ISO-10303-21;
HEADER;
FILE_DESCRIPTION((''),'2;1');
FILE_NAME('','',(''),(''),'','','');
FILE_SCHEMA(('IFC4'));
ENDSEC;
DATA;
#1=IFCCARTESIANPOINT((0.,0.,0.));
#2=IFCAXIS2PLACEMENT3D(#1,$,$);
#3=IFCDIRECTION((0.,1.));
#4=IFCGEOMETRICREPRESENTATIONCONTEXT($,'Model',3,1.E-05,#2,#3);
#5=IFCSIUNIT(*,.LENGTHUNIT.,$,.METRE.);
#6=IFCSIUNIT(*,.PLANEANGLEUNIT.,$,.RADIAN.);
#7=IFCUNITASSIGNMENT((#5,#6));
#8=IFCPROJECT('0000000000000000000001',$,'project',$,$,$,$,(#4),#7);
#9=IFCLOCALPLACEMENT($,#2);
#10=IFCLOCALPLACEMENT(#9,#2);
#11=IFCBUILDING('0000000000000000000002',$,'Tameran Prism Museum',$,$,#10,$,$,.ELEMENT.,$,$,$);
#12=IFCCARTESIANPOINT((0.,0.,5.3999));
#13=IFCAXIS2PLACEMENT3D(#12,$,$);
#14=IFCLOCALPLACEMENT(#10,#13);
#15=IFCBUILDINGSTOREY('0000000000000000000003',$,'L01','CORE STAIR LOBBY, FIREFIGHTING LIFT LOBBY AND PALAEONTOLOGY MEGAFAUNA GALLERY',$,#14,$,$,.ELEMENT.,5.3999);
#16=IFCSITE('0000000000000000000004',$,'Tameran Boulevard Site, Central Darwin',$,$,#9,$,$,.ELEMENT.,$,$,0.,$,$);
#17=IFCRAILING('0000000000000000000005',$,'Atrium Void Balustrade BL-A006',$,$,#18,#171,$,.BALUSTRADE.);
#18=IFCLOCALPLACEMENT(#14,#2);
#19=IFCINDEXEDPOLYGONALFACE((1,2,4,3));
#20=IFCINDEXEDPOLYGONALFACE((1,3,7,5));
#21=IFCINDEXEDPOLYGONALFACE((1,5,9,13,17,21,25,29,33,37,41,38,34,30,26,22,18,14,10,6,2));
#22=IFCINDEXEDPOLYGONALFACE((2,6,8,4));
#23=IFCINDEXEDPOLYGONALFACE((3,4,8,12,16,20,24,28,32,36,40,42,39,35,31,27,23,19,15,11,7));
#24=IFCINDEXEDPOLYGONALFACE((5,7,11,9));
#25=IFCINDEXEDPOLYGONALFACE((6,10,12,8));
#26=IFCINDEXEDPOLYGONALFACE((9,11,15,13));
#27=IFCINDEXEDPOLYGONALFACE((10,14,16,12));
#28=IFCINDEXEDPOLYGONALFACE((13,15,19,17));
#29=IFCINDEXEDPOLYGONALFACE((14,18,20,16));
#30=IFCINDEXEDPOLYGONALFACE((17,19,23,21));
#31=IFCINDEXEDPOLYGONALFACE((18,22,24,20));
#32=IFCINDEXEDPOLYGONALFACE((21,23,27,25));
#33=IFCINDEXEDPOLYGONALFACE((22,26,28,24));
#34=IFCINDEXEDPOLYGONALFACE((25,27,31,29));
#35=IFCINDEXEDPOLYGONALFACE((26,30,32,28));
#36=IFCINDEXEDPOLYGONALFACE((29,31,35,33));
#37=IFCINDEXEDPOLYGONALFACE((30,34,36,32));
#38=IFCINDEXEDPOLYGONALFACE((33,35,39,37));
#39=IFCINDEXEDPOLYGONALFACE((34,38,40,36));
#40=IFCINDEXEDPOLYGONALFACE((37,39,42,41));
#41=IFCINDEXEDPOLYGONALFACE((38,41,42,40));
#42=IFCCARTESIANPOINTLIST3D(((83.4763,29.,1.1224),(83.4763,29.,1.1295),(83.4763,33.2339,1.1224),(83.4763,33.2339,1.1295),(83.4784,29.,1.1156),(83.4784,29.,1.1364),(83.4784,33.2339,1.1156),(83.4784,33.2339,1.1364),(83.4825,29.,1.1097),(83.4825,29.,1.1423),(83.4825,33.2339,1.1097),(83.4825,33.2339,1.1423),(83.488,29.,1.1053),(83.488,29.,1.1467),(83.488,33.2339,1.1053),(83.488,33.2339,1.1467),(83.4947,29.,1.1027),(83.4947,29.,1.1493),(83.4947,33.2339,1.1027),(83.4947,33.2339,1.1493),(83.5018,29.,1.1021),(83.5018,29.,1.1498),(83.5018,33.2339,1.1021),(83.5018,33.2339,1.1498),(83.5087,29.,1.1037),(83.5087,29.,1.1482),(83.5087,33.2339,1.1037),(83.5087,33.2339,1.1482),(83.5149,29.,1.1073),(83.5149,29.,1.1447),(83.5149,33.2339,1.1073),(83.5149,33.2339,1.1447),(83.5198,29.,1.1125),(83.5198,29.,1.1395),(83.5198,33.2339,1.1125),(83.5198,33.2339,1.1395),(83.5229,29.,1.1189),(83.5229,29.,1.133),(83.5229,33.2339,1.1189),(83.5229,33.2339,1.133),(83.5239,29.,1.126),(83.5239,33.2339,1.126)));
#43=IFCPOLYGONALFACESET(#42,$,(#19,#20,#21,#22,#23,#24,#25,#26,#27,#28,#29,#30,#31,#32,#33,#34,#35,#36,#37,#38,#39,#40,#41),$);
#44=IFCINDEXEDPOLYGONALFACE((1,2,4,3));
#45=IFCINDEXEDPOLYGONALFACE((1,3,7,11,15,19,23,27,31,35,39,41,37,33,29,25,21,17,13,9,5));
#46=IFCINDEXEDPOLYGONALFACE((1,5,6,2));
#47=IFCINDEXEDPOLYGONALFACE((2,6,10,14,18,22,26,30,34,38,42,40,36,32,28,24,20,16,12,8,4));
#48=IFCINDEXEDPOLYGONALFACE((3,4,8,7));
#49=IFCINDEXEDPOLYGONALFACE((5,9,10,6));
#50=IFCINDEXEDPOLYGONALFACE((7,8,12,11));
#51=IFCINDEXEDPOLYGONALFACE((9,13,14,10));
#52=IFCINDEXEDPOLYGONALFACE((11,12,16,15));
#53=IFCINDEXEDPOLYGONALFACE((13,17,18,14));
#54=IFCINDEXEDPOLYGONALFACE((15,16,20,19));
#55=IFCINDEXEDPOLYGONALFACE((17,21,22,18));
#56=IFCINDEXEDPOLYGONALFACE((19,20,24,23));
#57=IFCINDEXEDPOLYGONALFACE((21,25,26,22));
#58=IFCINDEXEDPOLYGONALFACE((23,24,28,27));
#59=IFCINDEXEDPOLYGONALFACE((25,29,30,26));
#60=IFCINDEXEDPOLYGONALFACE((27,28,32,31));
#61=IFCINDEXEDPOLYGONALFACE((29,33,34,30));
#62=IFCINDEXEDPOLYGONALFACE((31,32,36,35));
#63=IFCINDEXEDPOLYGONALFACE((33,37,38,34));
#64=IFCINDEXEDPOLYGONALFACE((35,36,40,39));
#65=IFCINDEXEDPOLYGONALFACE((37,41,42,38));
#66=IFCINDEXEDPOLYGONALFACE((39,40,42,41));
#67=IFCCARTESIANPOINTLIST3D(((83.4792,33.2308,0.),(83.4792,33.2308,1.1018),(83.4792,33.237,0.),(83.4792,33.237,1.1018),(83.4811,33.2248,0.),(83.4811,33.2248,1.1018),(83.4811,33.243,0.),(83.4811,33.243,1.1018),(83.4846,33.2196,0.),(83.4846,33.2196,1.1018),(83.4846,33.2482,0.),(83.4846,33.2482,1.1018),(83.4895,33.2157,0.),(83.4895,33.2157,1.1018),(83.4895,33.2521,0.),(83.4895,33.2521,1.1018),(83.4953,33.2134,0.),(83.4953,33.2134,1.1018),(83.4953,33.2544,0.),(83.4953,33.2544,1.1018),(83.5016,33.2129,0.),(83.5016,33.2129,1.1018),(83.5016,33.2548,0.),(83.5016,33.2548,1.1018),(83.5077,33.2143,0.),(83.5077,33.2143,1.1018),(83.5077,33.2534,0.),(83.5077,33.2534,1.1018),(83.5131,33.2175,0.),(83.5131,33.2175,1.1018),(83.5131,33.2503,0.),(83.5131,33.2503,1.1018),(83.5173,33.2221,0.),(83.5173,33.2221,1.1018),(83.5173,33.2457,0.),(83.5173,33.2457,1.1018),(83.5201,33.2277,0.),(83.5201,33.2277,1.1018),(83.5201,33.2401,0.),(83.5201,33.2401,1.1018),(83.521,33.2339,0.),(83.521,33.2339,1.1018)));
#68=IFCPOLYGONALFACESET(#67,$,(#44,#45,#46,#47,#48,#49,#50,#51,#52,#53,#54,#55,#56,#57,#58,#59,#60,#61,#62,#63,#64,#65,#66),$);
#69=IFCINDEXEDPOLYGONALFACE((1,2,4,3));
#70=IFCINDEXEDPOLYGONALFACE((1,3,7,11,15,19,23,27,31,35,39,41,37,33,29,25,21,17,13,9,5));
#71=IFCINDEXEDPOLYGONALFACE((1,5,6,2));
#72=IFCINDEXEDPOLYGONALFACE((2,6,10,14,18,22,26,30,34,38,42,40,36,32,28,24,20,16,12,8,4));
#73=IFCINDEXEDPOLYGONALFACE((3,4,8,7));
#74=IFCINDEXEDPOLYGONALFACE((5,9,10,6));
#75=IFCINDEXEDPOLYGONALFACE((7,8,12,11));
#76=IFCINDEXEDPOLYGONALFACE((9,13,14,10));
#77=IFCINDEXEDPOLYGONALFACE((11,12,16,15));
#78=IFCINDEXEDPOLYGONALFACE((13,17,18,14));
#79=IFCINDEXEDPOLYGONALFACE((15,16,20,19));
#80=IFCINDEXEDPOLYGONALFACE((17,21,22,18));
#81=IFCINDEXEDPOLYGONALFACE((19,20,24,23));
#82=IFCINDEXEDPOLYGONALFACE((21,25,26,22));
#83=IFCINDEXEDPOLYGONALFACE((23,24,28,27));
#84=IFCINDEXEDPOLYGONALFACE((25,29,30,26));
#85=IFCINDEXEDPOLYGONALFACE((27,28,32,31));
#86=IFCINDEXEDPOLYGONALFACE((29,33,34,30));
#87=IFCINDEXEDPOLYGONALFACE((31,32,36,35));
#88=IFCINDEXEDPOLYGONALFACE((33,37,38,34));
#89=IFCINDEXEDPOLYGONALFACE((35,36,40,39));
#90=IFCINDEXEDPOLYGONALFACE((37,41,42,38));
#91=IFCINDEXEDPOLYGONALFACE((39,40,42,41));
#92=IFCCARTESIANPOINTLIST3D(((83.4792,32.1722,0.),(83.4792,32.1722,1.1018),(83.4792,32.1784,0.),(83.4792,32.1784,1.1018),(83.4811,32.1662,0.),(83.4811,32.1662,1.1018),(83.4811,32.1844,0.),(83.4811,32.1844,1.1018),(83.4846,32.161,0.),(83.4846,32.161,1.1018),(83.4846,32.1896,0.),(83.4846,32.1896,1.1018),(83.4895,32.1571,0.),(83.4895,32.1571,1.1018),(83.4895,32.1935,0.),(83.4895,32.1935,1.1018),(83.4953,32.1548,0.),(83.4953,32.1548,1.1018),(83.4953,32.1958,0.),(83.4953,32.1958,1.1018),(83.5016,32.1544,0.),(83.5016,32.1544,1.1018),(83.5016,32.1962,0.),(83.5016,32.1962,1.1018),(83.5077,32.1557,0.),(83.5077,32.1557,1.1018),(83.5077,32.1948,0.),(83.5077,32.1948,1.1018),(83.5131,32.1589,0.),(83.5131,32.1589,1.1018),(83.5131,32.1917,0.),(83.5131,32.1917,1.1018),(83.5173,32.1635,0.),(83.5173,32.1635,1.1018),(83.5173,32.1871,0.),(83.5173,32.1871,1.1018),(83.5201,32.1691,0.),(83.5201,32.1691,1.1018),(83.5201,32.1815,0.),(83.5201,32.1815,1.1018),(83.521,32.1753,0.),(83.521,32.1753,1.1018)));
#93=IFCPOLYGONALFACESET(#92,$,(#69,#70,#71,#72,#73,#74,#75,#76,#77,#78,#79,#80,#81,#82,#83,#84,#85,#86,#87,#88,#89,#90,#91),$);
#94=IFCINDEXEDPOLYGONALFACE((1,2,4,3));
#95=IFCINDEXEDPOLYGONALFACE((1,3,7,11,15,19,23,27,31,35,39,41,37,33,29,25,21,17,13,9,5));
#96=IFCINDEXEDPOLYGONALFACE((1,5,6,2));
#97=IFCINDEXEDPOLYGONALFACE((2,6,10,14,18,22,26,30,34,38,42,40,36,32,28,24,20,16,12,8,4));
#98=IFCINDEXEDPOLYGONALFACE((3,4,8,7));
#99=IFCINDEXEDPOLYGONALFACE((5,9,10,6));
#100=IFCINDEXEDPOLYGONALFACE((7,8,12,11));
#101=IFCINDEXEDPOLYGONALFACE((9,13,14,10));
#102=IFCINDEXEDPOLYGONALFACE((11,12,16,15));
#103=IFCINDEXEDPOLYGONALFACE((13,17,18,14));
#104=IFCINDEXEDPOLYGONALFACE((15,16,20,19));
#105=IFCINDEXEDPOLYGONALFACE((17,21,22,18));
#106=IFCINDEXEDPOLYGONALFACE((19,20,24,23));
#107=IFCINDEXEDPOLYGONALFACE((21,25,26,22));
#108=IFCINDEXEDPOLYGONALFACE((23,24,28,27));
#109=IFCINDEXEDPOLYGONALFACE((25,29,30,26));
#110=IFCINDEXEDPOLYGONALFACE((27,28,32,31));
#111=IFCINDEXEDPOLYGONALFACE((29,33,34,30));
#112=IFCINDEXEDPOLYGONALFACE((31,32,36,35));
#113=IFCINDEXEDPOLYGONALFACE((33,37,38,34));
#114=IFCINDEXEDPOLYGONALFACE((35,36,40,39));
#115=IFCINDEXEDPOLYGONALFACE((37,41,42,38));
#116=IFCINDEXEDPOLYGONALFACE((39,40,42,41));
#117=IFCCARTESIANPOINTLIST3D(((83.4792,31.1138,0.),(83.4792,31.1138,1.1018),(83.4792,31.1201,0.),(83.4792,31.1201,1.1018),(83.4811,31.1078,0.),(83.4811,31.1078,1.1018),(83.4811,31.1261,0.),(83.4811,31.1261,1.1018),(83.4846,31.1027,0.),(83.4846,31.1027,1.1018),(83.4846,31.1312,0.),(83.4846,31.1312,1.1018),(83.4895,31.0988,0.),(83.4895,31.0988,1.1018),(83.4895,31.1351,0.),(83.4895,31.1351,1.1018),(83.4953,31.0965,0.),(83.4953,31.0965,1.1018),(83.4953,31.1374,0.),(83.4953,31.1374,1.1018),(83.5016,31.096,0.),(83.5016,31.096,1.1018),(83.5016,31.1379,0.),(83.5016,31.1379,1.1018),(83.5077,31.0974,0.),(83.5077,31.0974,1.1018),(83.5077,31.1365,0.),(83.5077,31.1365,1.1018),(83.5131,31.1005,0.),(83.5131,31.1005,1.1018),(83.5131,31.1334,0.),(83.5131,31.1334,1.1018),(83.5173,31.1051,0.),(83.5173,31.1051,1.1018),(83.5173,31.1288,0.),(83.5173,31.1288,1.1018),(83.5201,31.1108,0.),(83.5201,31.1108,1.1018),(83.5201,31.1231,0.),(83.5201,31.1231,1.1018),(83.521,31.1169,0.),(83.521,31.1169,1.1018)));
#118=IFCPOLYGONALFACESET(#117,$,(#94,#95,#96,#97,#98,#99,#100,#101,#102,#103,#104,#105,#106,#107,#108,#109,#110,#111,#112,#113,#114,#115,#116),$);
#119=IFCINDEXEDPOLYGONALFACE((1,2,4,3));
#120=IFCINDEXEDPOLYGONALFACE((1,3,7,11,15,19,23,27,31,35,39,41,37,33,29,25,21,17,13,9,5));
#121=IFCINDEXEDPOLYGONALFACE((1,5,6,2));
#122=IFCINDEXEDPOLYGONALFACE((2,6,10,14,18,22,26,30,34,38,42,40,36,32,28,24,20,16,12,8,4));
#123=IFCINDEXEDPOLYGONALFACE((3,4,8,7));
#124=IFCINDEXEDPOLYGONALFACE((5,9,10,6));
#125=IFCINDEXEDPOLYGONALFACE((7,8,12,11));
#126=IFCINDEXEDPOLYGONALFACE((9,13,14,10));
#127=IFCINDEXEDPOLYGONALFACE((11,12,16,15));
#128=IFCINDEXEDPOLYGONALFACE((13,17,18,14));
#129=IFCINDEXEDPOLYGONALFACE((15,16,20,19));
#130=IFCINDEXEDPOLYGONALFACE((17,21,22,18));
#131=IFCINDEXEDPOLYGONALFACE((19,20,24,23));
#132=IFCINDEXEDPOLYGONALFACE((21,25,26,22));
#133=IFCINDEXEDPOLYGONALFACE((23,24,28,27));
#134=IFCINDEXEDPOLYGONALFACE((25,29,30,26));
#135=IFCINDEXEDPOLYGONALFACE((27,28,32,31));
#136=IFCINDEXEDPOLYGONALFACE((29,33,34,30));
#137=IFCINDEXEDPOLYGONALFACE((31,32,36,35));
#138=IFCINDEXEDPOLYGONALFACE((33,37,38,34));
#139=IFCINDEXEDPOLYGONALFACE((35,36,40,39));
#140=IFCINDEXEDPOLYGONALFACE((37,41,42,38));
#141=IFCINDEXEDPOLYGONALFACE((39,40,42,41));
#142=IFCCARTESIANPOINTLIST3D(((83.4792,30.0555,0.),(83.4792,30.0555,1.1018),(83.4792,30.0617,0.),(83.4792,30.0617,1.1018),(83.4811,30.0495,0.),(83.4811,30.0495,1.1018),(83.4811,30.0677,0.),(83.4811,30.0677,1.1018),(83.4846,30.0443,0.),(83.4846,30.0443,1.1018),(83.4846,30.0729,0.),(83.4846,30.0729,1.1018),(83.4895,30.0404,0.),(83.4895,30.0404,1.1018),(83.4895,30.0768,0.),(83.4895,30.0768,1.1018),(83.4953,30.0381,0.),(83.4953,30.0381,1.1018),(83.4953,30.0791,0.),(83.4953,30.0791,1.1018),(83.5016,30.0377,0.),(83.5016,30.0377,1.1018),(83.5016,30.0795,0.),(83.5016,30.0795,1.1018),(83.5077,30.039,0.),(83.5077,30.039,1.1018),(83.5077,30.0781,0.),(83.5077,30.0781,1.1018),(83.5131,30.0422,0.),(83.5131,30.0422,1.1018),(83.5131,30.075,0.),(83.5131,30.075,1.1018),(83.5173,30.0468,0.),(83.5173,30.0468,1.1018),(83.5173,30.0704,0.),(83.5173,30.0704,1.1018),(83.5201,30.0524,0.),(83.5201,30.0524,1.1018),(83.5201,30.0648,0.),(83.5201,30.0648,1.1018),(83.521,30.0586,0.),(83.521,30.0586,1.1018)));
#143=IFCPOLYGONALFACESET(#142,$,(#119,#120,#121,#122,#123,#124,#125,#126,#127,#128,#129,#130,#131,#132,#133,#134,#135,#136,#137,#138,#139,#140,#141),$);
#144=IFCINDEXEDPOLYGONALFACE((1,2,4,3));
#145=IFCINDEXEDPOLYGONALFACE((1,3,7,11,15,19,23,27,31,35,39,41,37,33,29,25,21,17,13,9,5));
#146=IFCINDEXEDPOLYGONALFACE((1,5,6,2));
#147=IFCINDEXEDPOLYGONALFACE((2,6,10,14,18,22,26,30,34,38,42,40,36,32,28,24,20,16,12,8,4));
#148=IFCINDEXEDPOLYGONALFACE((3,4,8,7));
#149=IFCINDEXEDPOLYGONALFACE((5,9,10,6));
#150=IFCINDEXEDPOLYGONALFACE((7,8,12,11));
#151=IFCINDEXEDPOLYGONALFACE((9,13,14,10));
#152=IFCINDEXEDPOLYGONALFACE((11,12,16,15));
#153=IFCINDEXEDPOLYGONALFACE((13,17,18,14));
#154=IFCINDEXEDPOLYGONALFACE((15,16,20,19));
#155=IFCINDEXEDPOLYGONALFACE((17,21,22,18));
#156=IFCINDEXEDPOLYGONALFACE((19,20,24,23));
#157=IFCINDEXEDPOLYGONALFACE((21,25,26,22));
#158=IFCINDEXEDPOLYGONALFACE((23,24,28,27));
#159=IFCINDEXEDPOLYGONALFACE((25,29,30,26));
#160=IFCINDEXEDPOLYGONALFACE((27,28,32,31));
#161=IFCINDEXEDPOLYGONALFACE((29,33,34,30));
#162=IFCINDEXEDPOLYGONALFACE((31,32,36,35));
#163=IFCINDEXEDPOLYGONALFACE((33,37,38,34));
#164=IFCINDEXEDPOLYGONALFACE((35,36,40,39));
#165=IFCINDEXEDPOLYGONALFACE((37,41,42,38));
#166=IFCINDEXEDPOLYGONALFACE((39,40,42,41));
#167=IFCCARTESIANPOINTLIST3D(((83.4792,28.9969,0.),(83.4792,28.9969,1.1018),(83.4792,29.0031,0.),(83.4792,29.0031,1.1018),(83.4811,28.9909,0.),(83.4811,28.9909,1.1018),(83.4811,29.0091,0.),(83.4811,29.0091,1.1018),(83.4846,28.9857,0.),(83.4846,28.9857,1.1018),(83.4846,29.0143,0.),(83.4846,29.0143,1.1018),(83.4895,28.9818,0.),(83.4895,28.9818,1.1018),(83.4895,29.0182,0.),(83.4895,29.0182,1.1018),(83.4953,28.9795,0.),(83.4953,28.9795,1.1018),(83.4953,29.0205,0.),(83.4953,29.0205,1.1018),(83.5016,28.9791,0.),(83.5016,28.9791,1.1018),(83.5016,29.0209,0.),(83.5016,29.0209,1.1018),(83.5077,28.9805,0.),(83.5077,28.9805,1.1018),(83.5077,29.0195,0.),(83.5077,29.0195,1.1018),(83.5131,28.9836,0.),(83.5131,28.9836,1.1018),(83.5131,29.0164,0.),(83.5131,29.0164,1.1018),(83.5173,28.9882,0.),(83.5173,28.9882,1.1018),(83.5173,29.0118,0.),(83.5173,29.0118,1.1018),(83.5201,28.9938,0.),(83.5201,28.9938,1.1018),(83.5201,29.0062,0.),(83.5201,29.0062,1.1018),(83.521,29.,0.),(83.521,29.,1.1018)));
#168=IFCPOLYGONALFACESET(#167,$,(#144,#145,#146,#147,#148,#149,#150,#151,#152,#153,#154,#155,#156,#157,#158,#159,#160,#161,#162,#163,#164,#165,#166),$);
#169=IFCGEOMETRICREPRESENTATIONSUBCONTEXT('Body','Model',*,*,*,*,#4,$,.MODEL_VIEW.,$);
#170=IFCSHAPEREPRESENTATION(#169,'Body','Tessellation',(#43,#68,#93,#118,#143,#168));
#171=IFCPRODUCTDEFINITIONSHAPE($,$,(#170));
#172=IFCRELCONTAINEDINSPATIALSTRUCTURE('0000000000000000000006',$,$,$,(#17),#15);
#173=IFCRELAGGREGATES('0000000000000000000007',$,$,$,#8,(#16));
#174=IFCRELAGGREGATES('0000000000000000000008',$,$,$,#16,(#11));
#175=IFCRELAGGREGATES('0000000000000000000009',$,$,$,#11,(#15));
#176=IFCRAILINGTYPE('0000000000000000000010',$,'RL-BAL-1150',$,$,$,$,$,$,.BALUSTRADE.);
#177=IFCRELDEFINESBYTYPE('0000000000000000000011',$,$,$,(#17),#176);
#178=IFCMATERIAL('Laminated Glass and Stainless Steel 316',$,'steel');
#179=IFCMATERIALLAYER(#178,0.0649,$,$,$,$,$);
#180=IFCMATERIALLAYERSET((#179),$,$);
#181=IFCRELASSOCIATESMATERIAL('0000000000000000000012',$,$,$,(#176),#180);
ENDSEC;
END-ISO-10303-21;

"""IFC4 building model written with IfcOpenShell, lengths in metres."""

from ifc_helpers import new_model, si_unit, direction, frame, origin, origin_2d, place, context, subcontext, project, spatial, circle, extrude, material, layer, layer_set, type_object, element, save


model = new_model("IFC4")

# Units and contexts
model_context = context("Model", 3, precision=1e-05, world=origin(), true_north=direction((0.0, 1.0)))
body_context = subcontext(model_context, "Body", "Model", "MODEL_VIEW")
ifc_project = project(units=[si_unit("LENGTHUNIT", "METRE"), si_unit("PLANEANGLEUNIT", "RADIAN")], contexts=[model_context])

# Site, building, storey
site_placement = place(None, origin())
site = spatial("IfcSite", under=ifc_project, at=site_placement, Name="Tameran Boulevard Site, Central Darwin", CompositionType="ELEMENT", RefElevation=0.0)
building_placement = place(site_placement, origin())
building = spatial("IfcBuilding", under=site, at=building_placement, Name="Tameran Prism Museum", CompositionType="ELEMENT")
storey_placement = place(building_placement, frame((0.0, 0.0, 5.3999)))
storey = spatial("IfcBuildingStorey", under=building, at=storey_placement, Name="L01", Description="CORE STAIR LOBBY, FIREFIGHTING LIFT LOBBY AND PALAEONTOLOGY MEGAFAUNA GALLERY", CompositionType="ELEMENT", Elevation=5.3999)

# Railing
ifc_material_1 = material(Name="Laminated Glass and Stainless Steel 316", Category="steel")
ifc_layer_1 = layer(ifc_material_1, 0.0649)
ifc_layer_set_1 = layer_set([ifc_layer_1])
railing_type = type_object("IfcRailingType", Name="RL-BAL-1150", PredefinedType="BALUSTRADE", material=ifc_layer_set_1)
railing_1_placement = place(storey_placement, frame((83.5, 33.2339, 0.0)))
element("IfcRailing", 1, at=railing_1_placement, inside=storey, type_object=railing_type, Name="Atrium Void Balustrade BL-A006", PredefinedType="BALUSTRADE", context=body_context, shape_type="SweptSolid", body=[
    extrude(circle(Radius=0.0239, at=origin_2d()), frame((0.0, 0.0, 1.126), z_axis=(0.0, -1.0, 0.0), x_axis=(1.0, 0.0, 0.0)), (0.0, 0.0, 1.0), 4.2339),
    extrude(circle(Radius=0.021, at=origin_2d()), origin(), (0.0, 0.0, 1.0), 1.1018),
    extrude(circle(Radius=0.021, at=origin_2d()), frame((0.0, -1.0586, 0.0)), (0.0, 0.0, 1.0), 1.1018),
    extrude(circle(Radius=0.021, at=origin_2d()), frame((0.0, -2.1169, 0.0)), (0.0, 0.0, 1.0), 1.1018),
    extrude(circle(Radius=0.021, at=origin_2d()), frame((0.0, -3.1753, 0.0)), (0.0, 0.0, 1.0), 1.1018),
    extrude(circle(Radius=0.021, at=origin_2d()), frame((0.0, -4.2339, 0.0)), (0.0, 0.0, 1.0), 1.1018),
])

save(model, "model.ifc")
